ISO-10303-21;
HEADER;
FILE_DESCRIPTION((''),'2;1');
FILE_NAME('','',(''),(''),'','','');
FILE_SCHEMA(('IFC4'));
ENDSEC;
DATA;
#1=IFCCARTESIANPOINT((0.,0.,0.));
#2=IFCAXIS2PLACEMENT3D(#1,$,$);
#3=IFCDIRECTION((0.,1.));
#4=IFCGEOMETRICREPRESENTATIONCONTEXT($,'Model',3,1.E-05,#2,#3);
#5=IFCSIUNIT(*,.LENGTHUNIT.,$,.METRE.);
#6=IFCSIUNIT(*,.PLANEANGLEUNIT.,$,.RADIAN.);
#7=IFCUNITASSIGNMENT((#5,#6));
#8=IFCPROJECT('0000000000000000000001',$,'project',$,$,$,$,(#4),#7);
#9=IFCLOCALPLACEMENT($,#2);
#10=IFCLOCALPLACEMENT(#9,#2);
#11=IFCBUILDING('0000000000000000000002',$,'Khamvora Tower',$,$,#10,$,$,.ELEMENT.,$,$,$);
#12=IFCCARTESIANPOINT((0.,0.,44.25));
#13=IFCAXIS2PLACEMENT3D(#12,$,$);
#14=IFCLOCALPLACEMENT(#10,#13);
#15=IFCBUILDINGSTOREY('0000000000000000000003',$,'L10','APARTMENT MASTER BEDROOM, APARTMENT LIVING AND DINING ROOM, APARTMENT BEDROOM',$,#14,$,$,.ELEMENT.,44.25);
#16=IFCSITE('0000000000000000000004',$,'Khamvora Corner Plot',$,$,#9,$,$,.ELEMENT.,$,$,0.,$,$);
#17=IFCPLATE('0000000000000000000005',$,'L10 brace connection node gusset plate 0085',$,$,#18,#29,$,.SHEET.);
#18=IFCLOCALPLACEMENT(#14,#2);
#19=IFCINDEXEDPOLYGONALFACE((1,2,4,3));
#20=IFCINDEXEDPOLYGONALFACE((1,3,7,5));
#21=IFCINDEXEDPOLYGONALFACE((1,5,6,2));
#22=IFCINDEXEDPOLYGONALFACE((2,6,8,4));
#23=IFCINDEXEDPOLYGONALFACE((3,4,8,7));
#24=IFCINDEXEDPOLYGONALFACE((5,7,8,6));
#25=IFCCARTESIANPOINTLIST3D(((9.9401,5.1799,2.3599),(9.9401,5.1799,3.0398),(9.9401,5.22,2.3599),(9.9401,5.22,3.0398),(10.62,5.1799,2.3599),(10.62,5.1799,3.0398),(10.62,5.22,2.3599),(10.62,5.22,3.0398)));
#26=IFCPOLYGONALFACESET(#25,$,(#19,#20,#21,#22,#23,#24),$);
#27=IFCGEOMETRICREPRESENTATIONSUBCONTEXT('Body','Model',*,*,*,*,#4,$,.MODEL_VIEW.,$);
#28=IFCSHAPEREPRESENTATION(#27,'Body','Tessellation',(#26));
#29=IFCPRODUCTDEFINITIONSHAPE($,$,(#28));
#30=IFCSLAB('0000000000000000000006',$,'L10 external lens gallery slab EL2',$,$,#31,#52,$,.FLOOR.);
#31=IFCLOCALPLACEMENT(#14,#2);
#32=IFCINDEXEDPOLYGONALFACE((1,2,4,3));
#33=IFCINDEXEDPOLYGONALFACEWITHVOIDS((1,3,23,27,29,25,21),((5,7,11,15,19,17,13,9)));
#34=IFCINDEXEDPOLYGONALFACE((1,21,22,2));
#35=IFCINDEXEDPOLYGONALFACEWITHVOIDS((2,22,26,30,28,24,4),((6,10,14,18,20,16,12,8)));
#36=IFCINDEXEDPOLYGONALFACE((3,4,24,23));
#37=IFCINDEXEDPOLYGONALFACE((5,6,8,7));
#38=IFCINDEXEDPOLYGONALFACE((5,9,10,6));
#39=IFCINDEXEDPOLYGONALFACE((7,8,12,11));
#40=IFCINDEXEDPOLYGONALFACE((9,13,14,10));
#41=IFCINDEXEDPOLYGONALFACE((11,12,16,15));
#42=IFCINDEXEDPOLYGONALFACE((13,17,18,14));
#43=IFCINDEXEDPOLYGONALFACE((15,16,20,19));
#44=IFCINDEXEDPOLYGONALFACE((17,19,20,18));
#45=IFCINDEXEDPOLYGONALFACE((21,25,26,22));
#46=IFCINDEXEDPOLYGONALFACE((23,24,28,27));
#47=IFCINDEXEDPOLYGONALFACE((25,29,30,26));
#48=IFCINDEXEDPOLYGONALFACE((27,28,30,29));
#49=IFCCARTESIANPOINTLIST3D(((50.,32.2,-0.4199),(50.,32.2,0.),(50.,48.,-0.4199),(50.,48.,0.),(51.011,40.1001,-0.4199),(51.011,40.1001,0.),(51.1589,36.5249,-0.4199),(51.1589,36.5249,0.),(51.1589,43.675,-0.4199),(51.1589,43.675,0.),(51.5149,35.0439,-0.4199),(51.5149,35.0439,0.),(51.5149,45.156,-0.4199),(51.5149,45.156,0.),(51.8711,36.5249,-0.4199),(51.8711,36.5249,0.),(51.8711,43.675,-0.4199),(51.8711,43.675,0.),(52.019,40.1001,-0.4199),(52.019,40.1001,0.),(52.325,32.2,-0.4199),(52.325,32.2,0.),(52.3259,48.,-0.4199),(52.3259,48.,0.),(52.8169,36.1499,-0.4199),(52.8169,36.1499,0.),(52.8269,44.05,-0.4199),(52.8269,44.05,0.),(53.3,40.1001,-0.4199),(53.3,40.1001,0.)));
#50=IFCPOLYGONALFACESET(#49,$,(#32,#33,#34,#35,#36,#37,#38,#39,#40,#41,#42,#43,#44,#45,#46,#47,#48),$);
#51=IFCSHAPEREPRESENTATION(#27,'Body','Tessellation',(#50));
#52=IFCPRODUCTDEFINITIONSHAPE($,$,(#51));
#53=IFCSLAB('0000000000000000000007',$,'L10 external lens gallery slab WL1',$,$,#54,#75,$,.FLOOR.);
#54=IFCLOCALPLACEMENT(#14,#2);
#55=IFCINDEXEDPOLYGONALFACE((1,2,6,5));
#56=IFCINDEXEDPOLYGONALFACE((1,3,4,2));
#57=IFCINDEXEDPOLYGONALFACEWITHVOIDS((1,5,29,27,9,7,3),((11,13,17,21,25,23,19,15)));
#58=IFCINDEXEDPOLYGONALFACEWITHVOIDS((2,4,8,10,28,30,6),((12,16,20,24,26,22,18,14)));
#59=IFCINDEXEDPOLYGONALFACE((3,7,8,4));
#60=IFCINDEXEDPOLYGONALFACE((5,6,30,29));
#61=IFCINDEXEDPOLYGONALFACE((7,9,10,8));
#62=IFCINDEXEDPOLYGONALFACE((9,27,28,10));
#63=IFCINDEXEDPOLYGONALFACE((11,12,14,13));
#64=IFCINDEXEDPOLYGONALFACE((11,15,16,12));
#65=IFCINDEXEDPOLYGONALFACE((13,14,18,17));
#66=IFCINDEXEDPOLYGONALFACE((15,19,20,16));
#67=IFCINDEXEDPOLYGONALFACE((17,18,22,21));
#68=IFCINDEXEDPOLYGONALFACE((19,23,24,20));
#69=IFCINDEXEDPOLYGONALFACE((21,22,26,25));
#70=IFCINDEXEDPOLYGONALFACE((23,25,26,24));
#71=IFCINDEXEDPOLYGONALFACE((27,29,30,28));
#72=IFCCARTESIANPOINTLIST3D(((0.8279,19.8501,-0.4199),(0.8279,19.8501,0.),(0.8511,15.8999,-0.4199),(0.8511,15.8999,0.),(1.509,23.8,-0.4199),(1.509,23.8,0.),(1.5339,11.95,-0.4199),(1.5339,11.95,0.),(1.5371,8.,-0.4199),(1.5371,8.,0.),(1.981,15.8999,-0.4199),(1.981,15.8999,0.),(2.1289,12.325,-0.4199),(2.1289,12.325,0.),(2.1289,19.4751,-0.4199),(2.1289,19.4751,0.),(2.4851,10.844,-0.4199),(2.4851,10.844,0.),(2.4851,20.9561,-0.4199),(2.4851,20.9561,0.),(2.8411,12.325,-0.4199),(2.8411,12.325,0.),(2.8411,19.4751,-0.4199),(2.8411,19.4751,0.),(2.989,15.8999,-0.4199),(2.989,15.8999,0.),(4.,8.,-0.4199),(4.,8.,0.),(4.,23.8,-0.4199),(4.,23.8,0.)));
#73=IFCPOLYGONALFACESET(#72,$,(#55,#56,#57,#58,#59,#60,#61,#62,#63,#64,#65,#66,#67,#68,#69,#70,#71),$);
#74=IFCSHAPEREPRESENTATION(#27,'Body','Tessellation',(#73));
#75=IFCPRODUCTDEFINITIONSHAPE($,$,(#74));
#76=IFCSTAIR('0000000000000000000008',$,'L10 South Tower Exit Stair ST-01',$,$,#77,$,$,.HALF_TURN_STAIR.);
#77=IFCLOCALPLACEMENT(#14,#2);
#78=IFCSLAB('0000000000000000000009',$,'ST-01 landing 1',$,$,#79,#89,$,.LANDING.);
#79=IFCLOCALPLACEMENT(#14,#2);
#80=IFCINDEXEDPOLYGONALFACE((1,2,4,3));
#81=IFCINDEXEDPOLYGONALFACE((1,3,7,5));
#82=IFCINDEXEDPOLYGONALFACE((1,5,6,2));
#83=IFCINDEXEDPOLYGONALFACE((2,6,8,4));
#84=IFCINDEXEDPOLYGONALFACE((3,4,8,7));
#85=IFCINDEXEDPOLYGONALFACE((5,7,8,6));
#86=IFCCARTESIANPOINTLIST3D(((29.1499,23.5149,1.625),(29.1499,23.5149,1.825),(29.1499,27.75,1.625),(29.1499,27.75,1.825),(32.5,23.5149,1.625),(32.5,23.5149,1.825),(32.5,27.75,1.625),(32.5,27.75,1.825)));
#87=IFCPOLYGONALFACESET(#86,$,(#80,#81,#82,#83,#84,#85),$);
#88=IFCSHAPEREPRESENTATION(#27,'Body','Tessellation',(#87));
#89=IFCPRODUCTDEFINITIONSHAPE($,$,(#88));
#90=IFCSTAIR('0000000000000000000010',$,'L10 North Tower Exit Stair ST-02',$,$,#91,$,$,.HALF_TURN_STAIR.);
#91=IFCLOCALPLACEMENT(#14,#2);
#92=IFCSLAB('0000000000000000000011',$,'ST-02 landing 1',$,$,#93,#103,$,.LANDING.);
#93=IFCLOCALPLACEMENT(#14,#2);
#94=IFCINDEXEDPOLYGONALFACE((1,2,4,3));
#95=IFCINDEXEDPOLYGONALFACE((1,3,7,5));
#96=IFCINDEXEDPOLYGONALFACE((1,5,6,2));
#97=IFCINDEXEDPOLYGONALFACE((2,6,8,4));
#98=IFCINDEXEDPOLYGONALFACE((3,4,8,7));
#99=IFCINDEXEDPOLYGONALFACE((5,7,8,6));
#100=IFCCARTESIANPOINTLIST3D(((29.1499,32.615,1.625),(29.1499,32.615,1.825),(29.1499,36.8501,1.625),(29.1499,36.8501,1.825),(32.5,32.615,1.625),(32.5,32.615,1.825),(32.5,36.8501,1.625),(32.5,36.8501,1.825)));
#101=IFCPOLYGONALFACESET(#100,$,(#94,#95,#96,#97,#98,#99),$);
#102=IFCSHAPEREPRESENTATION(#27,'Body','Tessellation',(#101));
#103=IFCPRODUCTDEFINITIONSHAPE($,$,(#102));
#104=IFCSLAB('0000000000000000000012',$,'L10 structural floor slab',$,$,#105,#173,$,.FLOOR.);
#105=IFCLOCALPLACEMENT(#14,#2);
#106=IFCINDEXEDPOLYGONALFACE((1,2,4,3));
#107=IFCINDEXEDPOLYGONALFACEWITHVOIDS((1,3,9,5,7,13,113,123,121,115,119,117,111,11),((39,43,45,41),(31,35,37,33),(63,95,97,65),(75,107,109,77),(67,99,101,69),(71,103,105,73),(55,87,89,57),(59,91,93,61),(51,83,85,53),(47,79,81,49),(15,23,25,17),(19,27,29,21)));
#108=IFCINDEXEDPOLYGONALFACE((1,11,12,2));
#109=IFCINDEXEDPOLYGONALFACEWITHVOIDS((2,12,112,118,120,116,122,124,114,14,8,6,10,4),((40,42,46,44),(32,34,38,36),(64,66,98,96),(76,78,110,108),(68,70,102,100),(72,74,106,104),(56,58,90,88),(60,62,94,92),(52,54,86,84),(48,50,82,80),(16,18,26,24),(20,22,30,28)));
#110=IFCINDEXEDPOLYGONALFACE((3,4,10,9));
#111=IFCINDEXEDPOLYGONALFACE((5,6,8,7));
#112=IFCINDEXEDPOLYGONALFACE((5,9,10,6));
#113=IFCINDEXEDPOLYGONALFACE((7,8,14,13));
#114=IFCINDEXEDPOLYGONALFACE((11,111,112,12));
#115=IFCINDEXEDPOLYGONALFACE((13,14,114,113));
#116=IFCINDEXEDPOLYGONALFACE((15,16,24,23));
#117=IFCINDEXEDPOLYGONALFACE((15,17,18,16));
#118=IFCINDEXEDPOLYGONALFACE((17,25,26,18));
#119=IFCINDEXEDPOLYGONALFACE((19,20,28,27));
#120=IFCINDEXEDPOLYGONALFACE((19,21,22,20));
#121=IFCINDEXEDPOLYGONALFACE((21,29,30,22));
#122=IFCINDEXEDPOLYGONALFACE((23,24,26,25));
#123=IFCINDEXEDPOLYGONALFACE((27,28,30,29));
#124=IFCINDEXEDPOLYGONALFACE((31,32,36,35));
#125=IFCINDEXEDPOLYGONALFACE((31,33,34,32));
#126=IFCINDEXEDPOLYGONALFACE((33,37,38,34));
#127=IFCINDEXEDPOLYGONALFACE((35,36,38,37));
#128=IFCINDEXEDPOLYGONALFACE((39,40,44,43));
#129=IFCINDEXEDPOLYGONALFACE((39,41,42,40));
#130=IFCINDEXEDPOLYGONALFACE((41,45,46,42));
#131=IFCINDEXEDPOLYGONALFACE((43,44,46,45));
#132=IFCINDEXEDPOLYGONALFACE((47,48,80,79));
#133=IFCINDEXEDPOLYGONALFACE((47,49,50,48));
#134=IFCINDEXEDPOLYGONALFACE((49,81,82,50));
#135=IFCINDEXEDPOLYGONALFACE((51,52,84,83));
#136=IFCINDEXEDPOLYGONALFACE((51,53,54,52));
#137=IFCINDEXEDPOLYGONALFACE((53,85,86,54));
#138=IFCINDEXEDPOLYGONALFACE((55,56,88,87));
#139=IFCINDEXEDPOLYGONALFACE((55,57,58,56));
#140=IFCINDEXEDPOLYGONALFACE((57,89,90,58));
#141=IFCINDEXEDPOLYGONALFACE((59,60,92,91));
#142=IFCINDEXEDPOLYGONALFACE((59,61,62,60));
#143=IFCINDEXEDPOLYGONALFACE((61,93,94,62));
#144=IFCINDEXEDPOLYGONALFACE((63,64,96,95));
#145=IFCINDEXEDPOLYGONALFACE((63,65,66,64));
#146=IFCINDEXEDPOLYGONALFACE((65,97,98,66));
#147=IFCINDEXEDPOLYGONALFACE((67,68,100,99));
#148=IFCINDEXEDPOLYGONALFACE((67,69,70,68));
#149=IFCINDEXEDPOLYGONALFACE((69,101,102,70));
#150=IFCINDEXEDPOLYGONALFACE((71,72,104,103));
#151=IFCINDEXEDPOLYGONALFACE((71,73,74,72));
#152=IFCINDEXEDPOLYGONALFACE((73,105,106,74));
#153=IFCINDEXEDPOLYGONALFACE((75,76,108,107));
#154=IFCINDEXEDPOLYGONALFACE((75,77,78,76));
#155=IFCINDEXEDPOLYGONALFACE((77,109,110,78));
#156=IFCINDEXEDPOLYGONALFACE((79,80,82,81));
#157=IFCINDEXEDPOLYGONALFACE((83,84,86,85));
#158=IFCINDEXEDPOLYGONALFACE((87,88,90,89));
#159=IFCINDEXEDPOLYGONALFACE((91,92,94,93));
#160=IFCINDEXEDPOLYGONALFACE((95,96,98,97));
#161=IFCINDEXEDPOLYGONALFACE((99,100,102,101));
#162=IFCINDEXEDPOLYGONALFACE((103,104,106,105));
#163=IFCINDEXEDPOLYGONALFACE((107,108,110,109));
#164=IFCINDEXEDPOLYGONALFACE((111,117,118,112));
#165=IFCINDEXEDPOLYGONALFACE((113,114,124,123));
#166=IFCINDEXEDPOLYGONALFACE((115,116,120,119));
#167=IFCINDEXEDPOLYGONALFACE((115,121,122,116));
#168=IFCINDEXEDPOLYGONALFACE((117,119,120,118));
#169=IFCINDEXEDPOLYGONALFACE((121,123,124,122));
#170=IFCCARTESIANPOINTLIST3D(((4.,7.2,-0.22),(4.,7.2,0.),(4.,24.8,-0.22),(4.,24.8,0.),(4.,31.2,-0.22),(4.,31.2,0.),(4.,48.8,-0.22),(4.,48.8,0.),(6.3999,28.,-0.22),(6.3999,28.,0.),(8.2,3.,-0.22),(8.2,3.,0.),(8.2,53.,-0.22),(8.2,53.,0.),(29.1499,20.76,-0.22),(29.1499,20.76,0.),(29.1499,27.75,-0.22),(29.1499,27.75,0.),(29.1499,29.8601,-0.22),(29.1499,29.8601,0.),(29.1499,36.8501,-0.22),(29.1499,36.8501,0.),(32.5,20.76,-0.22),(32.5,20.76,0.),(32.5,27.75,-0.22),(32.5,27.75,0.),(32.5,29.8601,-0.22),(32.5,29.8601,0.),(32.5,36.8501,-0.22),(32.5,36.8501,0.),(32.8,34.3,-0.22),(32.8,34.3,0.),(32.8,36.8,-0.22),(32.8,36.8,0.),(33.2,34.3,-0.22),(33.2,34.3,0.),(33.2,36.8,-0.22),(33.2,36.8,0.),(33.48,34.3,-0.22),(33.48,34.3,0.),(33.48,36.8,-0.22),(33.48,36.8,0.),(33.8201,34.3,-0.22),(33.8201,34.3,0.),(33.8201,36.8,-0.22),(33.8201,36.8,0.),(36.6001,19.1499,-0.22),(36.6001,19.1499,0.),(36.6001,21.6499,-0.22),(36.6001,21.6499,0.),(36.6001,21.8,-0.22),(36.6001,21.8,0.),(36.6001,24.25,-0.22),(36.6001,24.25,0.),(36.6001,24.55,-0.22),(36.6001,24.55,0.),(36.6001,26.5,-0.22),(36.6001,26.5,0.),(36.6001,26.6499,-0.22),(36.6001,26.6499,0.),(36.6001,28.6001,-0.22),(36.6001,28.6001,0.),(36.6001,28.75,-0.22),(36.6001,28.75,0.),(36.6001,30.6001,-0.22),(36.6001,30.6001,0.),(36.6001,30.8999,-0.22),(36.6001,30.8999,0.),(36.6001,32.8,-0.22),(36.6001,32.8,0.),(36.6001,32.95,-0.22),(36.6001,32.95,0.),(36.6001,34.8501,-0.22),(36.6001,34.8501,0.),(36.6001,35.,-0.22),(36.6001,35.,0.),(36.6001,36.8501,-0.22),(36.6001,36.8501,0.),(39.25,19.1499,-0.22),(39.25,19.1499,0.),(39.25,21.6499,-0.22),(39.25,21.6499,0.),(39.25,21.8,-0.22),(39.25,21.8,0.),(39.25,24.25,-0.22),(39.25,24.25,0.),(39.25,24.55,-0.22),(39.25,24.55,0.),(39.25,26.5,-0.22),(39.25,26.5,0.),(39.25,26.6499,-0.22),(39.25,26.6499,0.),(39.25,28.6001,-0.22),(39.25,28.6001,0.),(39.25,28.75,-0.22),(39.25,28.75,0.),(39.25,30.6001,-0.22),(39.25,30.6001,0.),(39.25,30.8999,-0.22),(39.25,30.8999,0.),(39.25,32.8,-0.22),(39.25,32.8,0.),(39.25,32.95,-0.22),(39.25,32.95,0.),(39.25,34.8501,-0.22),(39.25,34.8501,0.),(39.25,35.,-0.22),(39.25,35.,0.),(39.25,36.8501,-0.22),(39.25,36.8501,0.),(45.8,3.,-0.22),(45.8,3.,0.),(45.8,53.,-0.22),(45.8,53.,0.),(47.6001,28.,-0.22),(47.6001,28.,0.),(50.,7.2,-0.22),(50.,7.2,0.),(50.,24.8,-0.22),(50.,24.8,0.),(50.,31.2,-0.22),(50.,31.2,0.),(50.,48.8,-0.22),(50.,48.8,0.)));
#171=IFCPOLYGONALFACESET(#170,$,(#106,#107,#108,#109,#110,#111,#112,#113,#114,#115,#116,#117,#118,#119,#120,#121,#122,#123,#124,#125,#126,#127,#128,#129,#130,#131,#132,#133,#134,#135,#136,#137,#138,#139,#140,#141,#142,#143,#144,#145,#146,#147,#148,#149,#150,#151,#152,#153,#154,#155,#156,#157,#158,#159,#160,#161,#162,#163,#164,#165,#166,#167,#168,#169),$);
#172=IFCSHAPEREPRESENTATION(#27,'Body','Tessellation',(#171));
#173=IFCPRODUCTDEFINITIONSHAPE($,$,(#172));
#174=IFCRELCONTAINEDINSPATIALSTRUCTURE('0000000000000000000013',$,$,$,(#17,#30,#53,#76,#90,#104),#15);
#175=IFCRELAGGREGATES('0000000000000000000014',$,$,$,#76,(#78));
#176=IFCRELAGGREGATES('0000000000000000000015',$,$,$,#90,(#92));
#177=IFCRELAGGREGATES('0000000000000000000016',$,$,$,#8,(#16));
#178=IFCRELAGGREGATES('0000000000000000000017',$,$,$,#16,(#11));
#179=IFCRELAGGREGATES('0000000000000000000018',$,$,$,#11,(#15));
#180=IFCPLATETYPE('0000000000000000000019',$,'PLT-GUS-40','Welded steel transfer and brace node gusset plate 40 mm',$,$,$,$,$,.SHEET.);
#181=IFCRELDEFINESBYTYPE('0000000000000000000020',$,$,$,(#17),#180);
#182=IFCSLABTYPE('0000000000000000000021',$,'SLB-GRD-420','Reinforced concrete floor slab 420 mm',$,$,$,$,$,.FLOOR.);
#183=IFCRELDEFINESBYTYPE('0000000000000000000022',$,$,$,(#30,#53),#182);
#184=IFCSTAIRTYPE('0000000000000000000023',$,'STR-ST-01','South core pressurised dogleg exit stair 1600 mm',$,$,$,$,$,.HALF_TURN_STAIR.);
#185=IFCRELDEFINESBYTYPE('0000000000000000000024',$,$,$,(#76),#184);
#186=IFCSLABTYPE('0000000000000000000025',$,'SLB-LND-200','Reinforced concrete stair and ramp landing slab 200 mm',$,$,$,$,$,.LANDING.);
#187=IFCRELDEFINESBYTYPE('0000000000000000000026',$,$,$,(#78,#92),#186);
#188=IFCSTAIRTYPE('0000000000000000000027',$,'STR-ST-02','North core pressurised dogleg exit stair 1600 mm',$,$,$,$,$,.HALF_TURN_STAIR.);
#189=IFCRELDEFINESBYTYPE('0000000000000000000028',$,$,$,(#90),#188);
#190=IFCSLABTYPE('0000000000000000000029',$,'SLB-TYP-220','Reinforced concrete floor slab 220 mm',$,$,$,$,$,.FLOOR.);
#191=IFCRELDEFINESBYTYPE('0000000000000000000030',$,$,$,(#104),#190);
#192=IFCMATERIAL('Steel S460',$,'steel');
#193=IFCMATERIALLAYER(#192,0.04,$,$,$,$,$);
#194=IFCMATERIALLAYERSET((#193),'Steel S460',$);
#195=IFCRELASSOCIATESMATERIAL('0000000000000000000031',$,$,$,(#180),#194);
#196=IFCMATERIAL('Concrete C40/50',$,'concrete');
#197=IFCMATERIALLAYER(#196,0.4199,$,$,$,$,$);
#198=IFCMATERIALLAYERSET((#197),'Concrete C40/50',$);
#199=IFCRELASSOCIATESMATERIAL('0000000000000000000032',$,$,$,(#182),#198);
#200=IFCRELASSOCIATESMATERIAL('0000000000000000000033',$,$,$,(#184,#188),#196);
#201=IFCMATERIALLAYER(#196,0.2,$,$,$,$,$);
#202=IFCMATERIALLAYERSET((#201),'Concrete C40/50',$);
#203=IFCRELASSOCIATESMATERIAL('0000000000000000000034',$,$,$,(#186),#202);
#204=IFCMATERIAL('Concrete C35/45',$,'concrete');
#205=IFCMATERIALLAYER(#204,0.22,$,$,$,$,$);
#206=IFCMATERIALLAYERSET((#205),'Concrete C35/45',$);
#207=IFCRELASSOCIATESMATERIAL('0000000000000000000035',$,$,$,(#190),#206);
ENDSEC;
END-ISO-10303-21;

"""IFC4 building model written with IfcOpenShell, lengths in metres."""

from ifc_helpers import new_model, si_unit, direction, frame, origin, origin_2d, place, context, subcontext, project, spatial, polyline, rectangle, outline, extrude, material, layer, layer_set, type_object, element, aggregate, save


model = new_model("IFC4")

# Units and contexts
model_context = context("Model", 3, precision=1e-05, world=origin(), true_north=direction((0.0, 1.0)))
body_context = subcontext(model_context, "Body", "Model", "MODEL_VIEW")
ifc_project = project(units=[si_unit("LENGTHUNIT", "METRE"), si_unit("PLANEANGLEUNIT", "RADIAN")], contexts=[model_context])

# Site, building, storey
site_placement = place(None, origin())
site = spatial("IfcSite", under=ifc_project, at=site_placement, Name="Khamvora Corner Plot", CompositionType="ELEMENT", RefElevation=0.0)
building_placement = place(site_placement, origin())
building = spatial("IfcBuilding", under=site, at=building_placement, Name="Khamvora Tower", CompositionType="ELEMENT")
storey_placement = place(building_placement, frame((0.0, 0.0, 44.25)))
storey = spatial("IfcBuildingStorey", under=building, at=storey_placement, Name="L10", Description="APARTMENT MASTER BEDROOM, APARTMENT LIVING AND DINING ROOM, APARTMENT BEDROOM", CompositionType="ELEMENT", Elevation=44.25)

# Shared definitions
ifc_material_1 = material(Name="Steel S460", Category="steel")

# Plate
ifc_layer_1 = layer(ifc_material_1, 0.04)
ifc_layer_set_1 = layer_set([ifc_layer_1], Name="Steel S460")
plate_type_1 = type_object("IfcPlateType", Name="PLT-GUS-40", Description="Welded steel transfer and brace node gusset plate 40 mm", PredefinedType="SHEET", material=ifc_layer_set_1)
plate_1_placement = place(storey_placement, frame((10.28, 5.2, 2.3599), z_axis=(0.0, 0.0, 1.0), x_axis=(1.0, 0.0, 0.0)))
element("IfcPlate", 1, at=plate_1_placement, inside=storey, type_object=plate_type_1, Name="L10 brace connection node gusset plate 0085", PredefinedType="SHEET", context=body_context, shape_type="SweptSolid", body=[
    extrude(rectangle(XDim=0.6799, YDim=0.04, at=origin_2d()), origin(), (0.0, 0.0, 1.0), 0.6799),
])

# Slabs
ifc_material_2 = material(Name="Concrete C40/50", Category="concrete")
ifc_layer_2 = layer(ifc_material_2, 0.4199)
ifc_layer_set_2 = layer_set([ifc_layer_2], Name="Concrete C40/50")
slab_type_1 = type_object("IfcSlabType", Name="SLB-GRD-420", Description="Reinforced concrete floor slab 420 mm", PredefinedType="FLOOR", material=ifc_layer_set_2)
slab_1_placement = place(storey_placement, frame((0.0, 0.0, -0.4199)))
element("IfcSlab", 2, at=slab_1_placement, inside=storey, type_object=slab_type_1, Name="L10 external lens gallery slab EL2", PredefinedType="FLOOR", context=body_context, shape_type="SweptSolid", body=[
    extrude(outline(polyline([(52.325, 32.2), (52.8169, 36.1499), (53.3, 40.1001), (52.8269, 44.05), (52.3259, 48.0), (50.0, 48.0), (50.0, 32.2), (52.325, 32.2)]), holes=[polyline([(52.019, 40.1001), (51.8711, 43.675), (51.5149, 45.156), (51.1589, 43.675), (51.011, 40.1001), (51.1589, 36.5249), (51.5149, 35.0439), (51.8711, 36.5249), (52.019, 40.1001)])]), origin(), (0.0, 0.0, 1.0), 0.4199),
])
slab_2_placement = place(storey_placement, frame((0.0, 0.0, -0.4199)))
element("IfcSlab", 3, at=slab_2_placement, inside=storey, type_object=slab_type_1, Name="L10 external lens gallery slab WL1", PredefinedType="FLOOR", context=body_context, shape_type="SweptSolid", body=[
    extrude(outline(polyline([(4.0, 8.0), (4.0, 23.8), (1.509, 23.8), (0.8279, 19.8501), (0.8511, 15.8999), (1.5339, 11.95), (1.5371, 8.0), (4.0, 8.0)]), holes=[polyline([(2.989, 15.8999), (2.8411, 19.4751), (2.4851, 20.9561), (2.1289, 19.4751), (1.981, 15.8999), (2.1289, 12.325), (2.4851, 10.844), (2.8411, 12.325), (2.989, 15.8999)])]), origin(), (0.0, 0.0, 1.0), 0.4199),
])

# Stairs, slabs
stair_type_1 = type_object("IfcStairType", Name="STR-ST-01", Description="South core pressurised dogleg exit stair 1600 mm", PredefinedType="HALF_TURN_STAIR", material=ifc_material_2)
stair_1_placement = place(storey_placement, origin())
stair_1 = element("IfcStair", 4, at=stair_1_placement, inside=storey, type_object=stair_type_1, Name="L10 South Tower Exit Stair ST-01", PredefinedType="HALF_TURN_STAIR")
ifc_layer_3 = layer(ifc_material_2, 0.2)
ifc_layer_set_3 = layer_set([ifc_layer_3], Name="Concrete C40/50")
slab_type_2 = type_object("IfcSlabType", Name="SLB-LND-200", Description="Reinforced concrete stair and ramp landing slab 200 mm", PredefinedType="LANDING", material=ifc_layer_set_3)
slab_3_placement = place(storey_placement, frame((0.0, 0.0, 1.625)))
slab_3 = element("IfcSlab", 5, at=slab_3_placement, type_object=slab_type_2, Name="ST-01 landing 1", PredefinedType="LANDING", context=body_context, shape_type="SweptSolid", body=[
    extrude(outline(polyline([(32.5, 23.5149), (32.5, 27.75), (29.1499, 27.75), (29.1499, 23.5149), (32.5, 23.5149)])), origin(), (0.0, 0.0, 1.0), 0.2),
])
aggregate(stair_1, [slab_3])
stair_type_2 = type_object("IfcStairType", Name="STR-ST-02", Description="North core pressurised dogleg exit stair 1600 mm", PredefinedType="HALF_TURN_STAIR", material=ifc_material_2)
stair_2_placement = place(storey_placement, origin())
stair_2 = element("IfcStair", 6, at=stair_2_placement, inside=storey, type_object=stair_type_2, Name="L10 North Tower Exit Stair ST-02", PredefinedType="HALF_TURN_STAIR")
slab_4_placement = place(storey_placement, frame((0.0, 0.0, 1.625)))
slab_4 = element("IfcSlab", 7, at=slab_4_placement, type_object=slab_type_2, Name="ST-02 landing 1", PredefinedType="LANDING", context=body_context, shape_type="SweptSolid", body=[
    extrude(outline(polyline([(32.5, 32.615), (32.5, 36.8501), (29.1499, 36.8501), (29.1499, 32.615), (32.5, 32.615)])), origin(), (0.0, 0.0, 1.0), 0.2),
])
aggregate(stair_2, [slab_4])

# Slab
ifc_material_3 = material(Name="Concrete C35/45", Category="concrete")
ifc_layer_4 = layer(ifc_material_3, 0.22)
ifc_layer_set_4 = layer_set([ifc_layer_4], Name="Concrete C35/45")
slab_type_3 = type_object("IfcSlabType", Name="SLB-TYP-220", Description="Reinforced concrete floor slab 220 mm", PredefinedType="FLOOR", material=ifc_layer_set_4)
slab_5_placement = place(storey_placement, frame((0.0, 0.0, -0.22)))
element("IfcSlab", 8, at=slab_5_placement, inside=storey, type_object=slab_type_3, Name="L10 structural floor slab", PredefinedType="FLOOR", context=body_context, shape_type="SweptSolid", body=[
    extrude(outline(polyline([(8.2, 3.0), (45.8, 3.0), (50.0, 7.2), (50.0, 24.8), (47.6001, 28.0), (50.0, 31.2), (50.0, 48.8), (45.8, 53.0), (8.2, 53.0), (4.0, 48.8), (4.0, 31.2), (6.3999, 28.0), (4.0, 24.8), (4.0, 7.2), (8.2, 3.0)]), holes=[polyline([(32.5, 20.76), (32.5, 27.75), (29.1499, 27.75), (29.1499, 20.76), (32.5, 20.76)]), polyline([(32.5, 29.8601), (32.5, 36.8501), (29.1499, 36.8501), (29.1499, 29.8601), (32.5, 29.8601)]), polyline([(36.6001, 19.1499), (39.25, 19.1499), (39.25, 21.6499), (36.6001, 21.6499), (36.6001, 19.1499)]), polyline([(36.6001, 21.8), (39.25, 21.8), (39.25, 24.25), (36.6001, 24.25), (36.6001, 21.8)]), polyline([(36.6001, 24.55), (39.25, 24.55), (39.25, 26.5), (36.6001, 26.5), (36.6001, 24.55)]), polyline([(36.6001, 26.6499), (39.25, 26.6499), (39.25, 28.6001), (36.6001, 28.6001), (36.6001, 26.6499)]), polyline([(36.6001, 28.75), (39.25, 28.75), (39.25, 30.6001), (36.6001, 30.6001), (36.6001, 28.75)]), polyline([(36.6001, 30.8999), (39.25, 30.8999), (39.25, 32.8), (36.6001, 32.8), (36.6001, 30.8999)]), polyline([(36.6001, 32.95), (39.25, 32.95), (39.25, 34.8501), (36.6001, 34.8501), (36.6001, 32.95)]), polyline([(36.6001, 35.0), (39.25, 35.0), (39.25, 36.8501), (36.6001, 36.8501), (36.6001, 35.0)]), polyline([(32.8, 34.3), (33.2, 34.3), (33.2, 36.8), (32.8, 36.8), (32.8, 34.3)]), polyline([(33.48, 34.3), (33.8201, 34.3), (33.8201, 36.8), (33.48, 36.8), (33.48, 34.3)])]), origin(), (0.0, 0.0, 1.0), 0.22),
])

save(model, "model.ifc")
